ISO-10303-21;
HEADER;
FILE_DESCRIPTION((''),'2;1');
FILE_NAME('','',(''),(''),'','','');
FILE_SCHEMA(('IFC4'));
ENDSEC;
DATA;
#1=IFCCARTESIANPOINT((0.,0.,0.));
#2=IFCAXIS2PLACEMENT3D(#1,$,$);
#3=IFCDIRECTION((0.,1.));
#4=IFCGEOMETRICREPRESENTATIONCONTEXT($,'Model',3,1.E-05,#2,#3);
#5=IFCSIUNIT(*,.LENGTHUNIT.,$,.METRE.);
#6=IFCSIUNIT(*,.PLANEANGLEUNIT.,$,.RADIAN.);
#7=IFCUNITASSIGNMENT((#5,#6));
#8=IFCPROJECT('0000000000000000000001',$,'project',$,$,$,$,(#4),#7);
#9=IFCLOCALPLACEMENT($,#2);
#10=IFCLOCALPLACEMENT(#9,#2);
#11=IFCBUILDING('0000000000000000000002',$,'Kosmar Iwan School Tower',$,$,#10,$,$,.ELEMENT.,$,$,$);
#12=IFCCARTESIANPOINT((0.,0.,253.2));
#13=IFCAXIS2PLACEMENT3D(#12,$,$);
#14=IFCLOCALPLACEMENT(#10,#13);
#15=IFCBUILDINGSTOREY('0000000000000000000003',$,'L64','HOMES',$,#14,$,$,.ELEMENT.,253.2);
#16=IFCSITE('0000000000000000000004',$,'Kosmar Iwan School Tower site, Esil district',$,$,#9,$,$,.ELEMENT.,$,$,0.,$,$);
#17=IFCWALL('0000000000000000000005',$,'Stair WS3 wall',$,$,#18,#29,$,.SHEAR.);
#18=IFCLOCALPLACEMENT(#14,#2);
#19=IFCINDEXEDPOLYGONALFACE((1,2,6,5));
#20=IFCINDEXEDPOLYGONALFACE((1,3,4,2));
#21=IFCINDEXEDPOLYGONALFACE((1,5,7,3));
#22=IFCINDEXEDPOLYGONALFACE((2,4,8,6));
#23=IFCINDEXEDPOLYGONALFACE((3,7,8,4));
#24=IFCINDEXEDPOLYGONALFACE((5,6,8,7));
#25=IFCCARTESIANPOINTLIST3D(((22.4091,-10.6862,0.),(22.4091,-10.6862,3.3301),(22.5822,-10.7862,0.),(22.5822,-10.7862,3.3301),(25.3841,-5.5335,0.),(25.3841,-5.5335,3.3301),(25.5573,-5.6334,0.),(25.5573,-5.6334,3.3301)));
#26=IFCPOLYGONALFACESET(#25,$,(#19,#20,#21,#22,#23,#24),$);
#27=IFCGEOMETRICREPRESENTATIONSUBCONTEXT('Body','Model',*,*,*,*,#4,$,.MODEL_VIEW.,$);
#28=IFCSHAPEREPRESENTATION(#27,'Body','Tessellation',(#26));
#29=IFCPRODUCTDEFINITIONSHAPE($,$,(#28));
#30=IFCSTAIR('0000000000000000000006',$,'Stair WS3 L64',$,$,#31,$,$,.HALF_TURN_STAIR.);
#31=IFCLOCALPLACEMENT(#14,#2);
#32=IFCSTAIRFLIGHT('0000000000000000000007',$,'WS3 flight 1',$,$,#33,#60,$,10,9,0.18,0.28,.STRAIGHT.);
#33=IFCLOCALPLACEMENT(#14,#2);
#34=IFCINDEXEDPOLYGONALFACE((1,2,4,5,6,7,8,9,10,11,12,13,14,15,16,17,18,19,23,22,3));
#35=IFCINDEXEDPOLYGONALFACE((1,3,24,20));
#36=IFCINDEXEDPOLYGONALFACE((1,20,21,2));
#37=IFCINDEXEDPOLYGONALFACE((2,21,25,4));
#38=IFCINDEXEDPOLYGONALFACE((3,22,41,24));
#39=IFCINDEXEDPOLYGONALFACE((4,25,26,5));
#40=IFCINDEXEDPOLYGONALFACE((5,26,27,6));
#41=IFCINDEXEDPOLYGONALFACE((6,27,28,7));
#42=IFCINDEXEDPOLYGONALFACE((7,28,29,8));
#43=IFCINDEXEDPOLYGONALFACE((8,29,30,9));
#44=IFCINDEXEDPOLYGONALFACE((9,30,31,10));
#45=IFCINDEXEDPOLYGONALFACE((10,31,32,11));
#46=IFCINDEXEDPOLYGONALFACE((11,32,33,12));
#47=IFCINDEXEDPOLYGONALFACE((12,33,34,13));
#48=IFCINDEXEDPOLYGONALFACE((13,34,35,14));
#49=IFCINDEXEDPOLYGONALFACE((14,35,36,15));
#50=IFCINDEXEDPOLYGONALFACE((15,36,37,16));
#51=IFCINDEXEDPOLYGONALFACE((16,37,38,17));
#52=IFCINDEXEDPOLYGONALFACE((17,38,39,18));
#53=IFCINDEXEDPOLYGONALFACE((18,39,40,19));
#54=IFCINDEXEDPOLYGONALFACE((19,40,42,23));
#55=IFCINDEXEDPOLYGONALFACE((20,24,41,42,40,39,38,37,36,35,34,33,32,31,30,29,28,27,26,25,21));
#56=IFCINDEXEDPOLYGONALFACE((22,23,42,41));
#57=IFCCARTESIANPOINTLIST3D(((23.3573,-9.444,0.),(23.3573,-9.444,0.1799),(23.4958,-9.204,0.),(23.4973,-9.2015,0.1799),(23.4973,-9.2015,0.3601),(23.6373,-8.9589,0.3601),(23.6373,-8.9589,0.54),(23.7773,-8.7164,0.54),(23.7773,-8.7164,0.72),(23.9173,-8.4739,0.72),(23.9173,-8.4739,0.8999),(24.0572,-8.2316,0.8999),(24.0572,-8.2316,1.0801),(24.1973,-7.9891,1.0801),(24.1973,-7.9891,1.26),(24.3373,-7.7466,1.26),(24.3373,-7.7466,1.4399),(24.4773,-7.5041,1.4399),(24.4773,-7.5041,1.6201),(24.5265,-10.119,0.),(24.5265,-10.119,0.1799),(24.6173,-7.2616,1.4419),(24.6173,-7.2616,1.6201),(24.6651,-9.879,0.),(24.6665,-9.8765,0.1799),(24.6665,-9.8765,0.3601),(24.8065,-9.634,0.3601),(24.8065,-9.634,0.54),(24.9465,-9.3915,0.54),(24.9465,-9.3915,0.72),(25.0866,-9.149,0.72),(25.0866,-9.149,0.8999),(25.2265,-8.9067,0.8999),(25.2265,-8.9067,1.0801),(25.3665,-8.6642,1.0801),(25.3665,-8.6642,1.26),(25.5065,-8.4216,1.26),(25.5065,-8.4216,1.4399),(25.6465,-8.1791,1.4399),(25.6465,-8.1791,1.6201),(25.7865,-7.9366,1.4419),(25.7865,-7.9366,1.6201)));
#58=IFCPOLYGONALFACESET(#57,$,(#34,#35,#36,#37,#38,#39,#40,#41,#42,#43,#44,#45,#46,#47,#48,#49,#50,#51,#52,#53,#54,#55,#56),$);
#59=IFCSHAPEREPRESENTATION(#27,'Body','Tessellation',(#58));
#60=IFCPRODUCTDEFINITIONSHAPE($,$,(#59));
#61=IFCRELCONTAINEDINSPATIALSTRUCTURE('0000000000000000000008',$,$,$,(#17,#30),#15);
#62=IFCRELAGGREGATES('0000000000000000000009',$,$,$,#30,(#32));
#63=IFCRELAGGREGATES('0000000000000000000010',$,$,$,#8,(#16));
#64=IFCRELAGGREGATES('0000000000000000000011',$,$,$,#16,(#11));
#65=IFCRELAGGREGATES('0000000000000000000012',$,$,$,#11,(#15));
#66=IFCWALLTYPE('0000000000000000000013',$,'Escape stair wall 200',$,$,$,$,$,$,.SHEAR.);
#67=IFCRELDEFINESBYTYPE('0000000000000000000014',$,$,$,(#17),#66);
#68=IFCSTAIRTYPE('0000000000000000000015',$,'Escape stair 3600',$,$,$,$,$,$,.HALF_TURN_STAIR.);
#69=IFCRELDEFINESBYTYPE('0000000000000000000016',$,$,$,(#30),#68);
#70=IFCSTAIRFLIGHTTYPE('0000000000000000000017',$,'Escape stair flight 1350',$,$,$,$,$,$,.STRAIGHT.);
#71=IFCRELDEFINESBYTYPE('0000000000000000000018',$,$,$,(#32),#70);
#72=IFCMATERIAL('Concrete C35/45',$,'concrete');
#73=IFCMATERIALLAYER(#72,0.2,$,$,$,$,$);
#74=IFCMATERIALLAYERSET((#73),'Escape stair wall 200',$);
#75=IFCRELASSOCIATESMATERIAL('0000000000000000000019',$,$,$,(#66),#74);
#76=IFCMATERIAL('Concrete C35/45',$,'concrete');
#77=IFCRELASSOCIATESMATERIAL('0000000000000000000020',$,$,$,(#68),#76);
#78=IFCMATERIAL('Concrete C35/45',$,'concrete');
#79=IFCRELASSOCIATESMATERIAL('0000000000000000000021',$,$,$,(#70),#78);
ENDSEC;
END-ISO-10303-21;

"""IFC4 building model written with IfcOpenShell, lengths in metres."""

from ifc_helpers import new_model, si_unit, direction, frame, frame_2d, origin, place, context, subcontext, project, spatial, polyline, rectangle, outline, extrude, material, layer, layer_set, type_object, element, aggregate, save


model = new_model("IFC4")

# Units and contexts
model_context = context("Model", 3, precision=1e-05, world=origin(), true_north=direction((0.0, 1.0)))
body_context = subcontext(model_context, "Body", "Model", "MODEL_VIEW")
ifc_project = project(units=[si_unit("LENGTHUNIT", "METRE"), si_unit("PLANEANGLEUNIT", "RADIAN")], contexts=[model_context])

# Site, building, storey
site_placement = place(None, origin())
site = spatial("IfcSite", under=ifc_project, at=site_placement, Name="Kosmar Iwan School Tower site, Esil district", CompositionType="ELEMENT", RefElevation=0.0)
building_placement = place(site_placement, origin())
building = spatial("IfcBuilding", under=site, at=building_placement, Name="Kosmar Iwan School Tower", CompositionType="ELEMENT")
storey_placement = place(building_placement, frame((0.0, 0.0, 253.2)))
storey = spatial("IfcBuildingStorey", under=building, at=storey_placement, Name="L64", Description="HOMES", CompositionType="ELEMENT", Elevation=253.2)

# Wall
ifc_material_1 = material(Name="Concrete C35/45", Category="concrete")
ifc_layer_1 = layer(ifc_material_1, 0.2)
ifc_layer_set_1 = layer_set([ifc_layer_1], Name="Escape stair wall 200")
wall_type_1 = type_object("IfcWallType", Name="Escape stair wall 200", PredefinedType="SHEAR", material=ifc_layer_set_1)
wall_1_placement = place(storey_placement, frame((22.4956, -10.7363, 0.0), z_axis=(0.0, 0.0, 1.0), x_axis=(0.500014, 0.866017, 0.0)))
element("IfcWall", 1, at=wall_1_placement, inside=storey, type_object=wall_type_1, Name="Stair WS3 wall", PredefinedType="SHEAR", context=body_context, shape_type="SweptSolid", body=[
    extrude(rectangle(XDim=5.95, YDim=0.2, at=frame_2d((2.9751, 0.0))), origin(), (0.0, 0.0, 1.0), 3.3301),
])

# Stair, stair flight
ifc_material_2 = material(Name="Concrete C35/45", Category="concrete")
stair_type = type_object("IfcStairType", Name="Escape stair 3600", PredefinedType="HALF_TURN_STAIR", material=ifc_material_2)
stair_placement = place(storey_placement, origin())
stair = element("IfcStair", 2, at=stair_placement, inside=storey, type_object=stair_type, Name="Stair WS3 L64", PredefinedType="HALF_TURN_STAIR")
ifc_material_3 = material(Name="Concrete C35/45", Category="concrete")
stair_flight_type = type_object("IfcStairFlightType", Name="Escape stair flight 1350", PredefinedType="STRAIGHT", material=ifc_material_3)
stair_flight_placement = place(storey_placement, frame((23.9419, -9.7815, 0.0), z_axis=(0.0, 0.0, 1.0), x_axis=(0.5, 0.866025, 0.0)))
stair_flight = element("IfcStairFlight", 3, at=stair_flight_placement, type_object=stair_flight_type, Name="WS3 flight 1", NumberOfRisers=10, NumberOfTreads=9, PredefinedType="STRAIGHT", RiserHeight=0.18, TreadLength=0.28, context=body_context, shape_type="SweptSolid", body=[
    extrude(outline(polyline([(0.0, 0.0), (0.0, 0.1799), (0.28, 0.1799), (0.28, 0.3601), (0.5601, 0.3601), (0.5601, 0.54), (0.8401, 0.54), (0.8401, 0.72), (1.1201, 0.72), (1.1201, 0.8999), (1.3999, 0.8999), (1.3999, 1.0801), (1.6799, 1.0801), (1.6799, 1.26), (1.96, 1.26), (1.96, 1.4399), (2.24, 1.4399), (2.24, 1.6201), (2.52, 1.6201), (2.52, 1.8), (2.52, 1.4419), (0.2771, 0.0), (0.0, 0.0)])), frame((0.0, 0.675, 0.0), z_axis=(0.0, -1.0, 0.0), x_axis=(1.0, 0.0, 0.0)), (0.0, 0.0, 1.0), 1.3501),
])
aggregate(stair, [stair_flight])

save(model, "model.ifc")
